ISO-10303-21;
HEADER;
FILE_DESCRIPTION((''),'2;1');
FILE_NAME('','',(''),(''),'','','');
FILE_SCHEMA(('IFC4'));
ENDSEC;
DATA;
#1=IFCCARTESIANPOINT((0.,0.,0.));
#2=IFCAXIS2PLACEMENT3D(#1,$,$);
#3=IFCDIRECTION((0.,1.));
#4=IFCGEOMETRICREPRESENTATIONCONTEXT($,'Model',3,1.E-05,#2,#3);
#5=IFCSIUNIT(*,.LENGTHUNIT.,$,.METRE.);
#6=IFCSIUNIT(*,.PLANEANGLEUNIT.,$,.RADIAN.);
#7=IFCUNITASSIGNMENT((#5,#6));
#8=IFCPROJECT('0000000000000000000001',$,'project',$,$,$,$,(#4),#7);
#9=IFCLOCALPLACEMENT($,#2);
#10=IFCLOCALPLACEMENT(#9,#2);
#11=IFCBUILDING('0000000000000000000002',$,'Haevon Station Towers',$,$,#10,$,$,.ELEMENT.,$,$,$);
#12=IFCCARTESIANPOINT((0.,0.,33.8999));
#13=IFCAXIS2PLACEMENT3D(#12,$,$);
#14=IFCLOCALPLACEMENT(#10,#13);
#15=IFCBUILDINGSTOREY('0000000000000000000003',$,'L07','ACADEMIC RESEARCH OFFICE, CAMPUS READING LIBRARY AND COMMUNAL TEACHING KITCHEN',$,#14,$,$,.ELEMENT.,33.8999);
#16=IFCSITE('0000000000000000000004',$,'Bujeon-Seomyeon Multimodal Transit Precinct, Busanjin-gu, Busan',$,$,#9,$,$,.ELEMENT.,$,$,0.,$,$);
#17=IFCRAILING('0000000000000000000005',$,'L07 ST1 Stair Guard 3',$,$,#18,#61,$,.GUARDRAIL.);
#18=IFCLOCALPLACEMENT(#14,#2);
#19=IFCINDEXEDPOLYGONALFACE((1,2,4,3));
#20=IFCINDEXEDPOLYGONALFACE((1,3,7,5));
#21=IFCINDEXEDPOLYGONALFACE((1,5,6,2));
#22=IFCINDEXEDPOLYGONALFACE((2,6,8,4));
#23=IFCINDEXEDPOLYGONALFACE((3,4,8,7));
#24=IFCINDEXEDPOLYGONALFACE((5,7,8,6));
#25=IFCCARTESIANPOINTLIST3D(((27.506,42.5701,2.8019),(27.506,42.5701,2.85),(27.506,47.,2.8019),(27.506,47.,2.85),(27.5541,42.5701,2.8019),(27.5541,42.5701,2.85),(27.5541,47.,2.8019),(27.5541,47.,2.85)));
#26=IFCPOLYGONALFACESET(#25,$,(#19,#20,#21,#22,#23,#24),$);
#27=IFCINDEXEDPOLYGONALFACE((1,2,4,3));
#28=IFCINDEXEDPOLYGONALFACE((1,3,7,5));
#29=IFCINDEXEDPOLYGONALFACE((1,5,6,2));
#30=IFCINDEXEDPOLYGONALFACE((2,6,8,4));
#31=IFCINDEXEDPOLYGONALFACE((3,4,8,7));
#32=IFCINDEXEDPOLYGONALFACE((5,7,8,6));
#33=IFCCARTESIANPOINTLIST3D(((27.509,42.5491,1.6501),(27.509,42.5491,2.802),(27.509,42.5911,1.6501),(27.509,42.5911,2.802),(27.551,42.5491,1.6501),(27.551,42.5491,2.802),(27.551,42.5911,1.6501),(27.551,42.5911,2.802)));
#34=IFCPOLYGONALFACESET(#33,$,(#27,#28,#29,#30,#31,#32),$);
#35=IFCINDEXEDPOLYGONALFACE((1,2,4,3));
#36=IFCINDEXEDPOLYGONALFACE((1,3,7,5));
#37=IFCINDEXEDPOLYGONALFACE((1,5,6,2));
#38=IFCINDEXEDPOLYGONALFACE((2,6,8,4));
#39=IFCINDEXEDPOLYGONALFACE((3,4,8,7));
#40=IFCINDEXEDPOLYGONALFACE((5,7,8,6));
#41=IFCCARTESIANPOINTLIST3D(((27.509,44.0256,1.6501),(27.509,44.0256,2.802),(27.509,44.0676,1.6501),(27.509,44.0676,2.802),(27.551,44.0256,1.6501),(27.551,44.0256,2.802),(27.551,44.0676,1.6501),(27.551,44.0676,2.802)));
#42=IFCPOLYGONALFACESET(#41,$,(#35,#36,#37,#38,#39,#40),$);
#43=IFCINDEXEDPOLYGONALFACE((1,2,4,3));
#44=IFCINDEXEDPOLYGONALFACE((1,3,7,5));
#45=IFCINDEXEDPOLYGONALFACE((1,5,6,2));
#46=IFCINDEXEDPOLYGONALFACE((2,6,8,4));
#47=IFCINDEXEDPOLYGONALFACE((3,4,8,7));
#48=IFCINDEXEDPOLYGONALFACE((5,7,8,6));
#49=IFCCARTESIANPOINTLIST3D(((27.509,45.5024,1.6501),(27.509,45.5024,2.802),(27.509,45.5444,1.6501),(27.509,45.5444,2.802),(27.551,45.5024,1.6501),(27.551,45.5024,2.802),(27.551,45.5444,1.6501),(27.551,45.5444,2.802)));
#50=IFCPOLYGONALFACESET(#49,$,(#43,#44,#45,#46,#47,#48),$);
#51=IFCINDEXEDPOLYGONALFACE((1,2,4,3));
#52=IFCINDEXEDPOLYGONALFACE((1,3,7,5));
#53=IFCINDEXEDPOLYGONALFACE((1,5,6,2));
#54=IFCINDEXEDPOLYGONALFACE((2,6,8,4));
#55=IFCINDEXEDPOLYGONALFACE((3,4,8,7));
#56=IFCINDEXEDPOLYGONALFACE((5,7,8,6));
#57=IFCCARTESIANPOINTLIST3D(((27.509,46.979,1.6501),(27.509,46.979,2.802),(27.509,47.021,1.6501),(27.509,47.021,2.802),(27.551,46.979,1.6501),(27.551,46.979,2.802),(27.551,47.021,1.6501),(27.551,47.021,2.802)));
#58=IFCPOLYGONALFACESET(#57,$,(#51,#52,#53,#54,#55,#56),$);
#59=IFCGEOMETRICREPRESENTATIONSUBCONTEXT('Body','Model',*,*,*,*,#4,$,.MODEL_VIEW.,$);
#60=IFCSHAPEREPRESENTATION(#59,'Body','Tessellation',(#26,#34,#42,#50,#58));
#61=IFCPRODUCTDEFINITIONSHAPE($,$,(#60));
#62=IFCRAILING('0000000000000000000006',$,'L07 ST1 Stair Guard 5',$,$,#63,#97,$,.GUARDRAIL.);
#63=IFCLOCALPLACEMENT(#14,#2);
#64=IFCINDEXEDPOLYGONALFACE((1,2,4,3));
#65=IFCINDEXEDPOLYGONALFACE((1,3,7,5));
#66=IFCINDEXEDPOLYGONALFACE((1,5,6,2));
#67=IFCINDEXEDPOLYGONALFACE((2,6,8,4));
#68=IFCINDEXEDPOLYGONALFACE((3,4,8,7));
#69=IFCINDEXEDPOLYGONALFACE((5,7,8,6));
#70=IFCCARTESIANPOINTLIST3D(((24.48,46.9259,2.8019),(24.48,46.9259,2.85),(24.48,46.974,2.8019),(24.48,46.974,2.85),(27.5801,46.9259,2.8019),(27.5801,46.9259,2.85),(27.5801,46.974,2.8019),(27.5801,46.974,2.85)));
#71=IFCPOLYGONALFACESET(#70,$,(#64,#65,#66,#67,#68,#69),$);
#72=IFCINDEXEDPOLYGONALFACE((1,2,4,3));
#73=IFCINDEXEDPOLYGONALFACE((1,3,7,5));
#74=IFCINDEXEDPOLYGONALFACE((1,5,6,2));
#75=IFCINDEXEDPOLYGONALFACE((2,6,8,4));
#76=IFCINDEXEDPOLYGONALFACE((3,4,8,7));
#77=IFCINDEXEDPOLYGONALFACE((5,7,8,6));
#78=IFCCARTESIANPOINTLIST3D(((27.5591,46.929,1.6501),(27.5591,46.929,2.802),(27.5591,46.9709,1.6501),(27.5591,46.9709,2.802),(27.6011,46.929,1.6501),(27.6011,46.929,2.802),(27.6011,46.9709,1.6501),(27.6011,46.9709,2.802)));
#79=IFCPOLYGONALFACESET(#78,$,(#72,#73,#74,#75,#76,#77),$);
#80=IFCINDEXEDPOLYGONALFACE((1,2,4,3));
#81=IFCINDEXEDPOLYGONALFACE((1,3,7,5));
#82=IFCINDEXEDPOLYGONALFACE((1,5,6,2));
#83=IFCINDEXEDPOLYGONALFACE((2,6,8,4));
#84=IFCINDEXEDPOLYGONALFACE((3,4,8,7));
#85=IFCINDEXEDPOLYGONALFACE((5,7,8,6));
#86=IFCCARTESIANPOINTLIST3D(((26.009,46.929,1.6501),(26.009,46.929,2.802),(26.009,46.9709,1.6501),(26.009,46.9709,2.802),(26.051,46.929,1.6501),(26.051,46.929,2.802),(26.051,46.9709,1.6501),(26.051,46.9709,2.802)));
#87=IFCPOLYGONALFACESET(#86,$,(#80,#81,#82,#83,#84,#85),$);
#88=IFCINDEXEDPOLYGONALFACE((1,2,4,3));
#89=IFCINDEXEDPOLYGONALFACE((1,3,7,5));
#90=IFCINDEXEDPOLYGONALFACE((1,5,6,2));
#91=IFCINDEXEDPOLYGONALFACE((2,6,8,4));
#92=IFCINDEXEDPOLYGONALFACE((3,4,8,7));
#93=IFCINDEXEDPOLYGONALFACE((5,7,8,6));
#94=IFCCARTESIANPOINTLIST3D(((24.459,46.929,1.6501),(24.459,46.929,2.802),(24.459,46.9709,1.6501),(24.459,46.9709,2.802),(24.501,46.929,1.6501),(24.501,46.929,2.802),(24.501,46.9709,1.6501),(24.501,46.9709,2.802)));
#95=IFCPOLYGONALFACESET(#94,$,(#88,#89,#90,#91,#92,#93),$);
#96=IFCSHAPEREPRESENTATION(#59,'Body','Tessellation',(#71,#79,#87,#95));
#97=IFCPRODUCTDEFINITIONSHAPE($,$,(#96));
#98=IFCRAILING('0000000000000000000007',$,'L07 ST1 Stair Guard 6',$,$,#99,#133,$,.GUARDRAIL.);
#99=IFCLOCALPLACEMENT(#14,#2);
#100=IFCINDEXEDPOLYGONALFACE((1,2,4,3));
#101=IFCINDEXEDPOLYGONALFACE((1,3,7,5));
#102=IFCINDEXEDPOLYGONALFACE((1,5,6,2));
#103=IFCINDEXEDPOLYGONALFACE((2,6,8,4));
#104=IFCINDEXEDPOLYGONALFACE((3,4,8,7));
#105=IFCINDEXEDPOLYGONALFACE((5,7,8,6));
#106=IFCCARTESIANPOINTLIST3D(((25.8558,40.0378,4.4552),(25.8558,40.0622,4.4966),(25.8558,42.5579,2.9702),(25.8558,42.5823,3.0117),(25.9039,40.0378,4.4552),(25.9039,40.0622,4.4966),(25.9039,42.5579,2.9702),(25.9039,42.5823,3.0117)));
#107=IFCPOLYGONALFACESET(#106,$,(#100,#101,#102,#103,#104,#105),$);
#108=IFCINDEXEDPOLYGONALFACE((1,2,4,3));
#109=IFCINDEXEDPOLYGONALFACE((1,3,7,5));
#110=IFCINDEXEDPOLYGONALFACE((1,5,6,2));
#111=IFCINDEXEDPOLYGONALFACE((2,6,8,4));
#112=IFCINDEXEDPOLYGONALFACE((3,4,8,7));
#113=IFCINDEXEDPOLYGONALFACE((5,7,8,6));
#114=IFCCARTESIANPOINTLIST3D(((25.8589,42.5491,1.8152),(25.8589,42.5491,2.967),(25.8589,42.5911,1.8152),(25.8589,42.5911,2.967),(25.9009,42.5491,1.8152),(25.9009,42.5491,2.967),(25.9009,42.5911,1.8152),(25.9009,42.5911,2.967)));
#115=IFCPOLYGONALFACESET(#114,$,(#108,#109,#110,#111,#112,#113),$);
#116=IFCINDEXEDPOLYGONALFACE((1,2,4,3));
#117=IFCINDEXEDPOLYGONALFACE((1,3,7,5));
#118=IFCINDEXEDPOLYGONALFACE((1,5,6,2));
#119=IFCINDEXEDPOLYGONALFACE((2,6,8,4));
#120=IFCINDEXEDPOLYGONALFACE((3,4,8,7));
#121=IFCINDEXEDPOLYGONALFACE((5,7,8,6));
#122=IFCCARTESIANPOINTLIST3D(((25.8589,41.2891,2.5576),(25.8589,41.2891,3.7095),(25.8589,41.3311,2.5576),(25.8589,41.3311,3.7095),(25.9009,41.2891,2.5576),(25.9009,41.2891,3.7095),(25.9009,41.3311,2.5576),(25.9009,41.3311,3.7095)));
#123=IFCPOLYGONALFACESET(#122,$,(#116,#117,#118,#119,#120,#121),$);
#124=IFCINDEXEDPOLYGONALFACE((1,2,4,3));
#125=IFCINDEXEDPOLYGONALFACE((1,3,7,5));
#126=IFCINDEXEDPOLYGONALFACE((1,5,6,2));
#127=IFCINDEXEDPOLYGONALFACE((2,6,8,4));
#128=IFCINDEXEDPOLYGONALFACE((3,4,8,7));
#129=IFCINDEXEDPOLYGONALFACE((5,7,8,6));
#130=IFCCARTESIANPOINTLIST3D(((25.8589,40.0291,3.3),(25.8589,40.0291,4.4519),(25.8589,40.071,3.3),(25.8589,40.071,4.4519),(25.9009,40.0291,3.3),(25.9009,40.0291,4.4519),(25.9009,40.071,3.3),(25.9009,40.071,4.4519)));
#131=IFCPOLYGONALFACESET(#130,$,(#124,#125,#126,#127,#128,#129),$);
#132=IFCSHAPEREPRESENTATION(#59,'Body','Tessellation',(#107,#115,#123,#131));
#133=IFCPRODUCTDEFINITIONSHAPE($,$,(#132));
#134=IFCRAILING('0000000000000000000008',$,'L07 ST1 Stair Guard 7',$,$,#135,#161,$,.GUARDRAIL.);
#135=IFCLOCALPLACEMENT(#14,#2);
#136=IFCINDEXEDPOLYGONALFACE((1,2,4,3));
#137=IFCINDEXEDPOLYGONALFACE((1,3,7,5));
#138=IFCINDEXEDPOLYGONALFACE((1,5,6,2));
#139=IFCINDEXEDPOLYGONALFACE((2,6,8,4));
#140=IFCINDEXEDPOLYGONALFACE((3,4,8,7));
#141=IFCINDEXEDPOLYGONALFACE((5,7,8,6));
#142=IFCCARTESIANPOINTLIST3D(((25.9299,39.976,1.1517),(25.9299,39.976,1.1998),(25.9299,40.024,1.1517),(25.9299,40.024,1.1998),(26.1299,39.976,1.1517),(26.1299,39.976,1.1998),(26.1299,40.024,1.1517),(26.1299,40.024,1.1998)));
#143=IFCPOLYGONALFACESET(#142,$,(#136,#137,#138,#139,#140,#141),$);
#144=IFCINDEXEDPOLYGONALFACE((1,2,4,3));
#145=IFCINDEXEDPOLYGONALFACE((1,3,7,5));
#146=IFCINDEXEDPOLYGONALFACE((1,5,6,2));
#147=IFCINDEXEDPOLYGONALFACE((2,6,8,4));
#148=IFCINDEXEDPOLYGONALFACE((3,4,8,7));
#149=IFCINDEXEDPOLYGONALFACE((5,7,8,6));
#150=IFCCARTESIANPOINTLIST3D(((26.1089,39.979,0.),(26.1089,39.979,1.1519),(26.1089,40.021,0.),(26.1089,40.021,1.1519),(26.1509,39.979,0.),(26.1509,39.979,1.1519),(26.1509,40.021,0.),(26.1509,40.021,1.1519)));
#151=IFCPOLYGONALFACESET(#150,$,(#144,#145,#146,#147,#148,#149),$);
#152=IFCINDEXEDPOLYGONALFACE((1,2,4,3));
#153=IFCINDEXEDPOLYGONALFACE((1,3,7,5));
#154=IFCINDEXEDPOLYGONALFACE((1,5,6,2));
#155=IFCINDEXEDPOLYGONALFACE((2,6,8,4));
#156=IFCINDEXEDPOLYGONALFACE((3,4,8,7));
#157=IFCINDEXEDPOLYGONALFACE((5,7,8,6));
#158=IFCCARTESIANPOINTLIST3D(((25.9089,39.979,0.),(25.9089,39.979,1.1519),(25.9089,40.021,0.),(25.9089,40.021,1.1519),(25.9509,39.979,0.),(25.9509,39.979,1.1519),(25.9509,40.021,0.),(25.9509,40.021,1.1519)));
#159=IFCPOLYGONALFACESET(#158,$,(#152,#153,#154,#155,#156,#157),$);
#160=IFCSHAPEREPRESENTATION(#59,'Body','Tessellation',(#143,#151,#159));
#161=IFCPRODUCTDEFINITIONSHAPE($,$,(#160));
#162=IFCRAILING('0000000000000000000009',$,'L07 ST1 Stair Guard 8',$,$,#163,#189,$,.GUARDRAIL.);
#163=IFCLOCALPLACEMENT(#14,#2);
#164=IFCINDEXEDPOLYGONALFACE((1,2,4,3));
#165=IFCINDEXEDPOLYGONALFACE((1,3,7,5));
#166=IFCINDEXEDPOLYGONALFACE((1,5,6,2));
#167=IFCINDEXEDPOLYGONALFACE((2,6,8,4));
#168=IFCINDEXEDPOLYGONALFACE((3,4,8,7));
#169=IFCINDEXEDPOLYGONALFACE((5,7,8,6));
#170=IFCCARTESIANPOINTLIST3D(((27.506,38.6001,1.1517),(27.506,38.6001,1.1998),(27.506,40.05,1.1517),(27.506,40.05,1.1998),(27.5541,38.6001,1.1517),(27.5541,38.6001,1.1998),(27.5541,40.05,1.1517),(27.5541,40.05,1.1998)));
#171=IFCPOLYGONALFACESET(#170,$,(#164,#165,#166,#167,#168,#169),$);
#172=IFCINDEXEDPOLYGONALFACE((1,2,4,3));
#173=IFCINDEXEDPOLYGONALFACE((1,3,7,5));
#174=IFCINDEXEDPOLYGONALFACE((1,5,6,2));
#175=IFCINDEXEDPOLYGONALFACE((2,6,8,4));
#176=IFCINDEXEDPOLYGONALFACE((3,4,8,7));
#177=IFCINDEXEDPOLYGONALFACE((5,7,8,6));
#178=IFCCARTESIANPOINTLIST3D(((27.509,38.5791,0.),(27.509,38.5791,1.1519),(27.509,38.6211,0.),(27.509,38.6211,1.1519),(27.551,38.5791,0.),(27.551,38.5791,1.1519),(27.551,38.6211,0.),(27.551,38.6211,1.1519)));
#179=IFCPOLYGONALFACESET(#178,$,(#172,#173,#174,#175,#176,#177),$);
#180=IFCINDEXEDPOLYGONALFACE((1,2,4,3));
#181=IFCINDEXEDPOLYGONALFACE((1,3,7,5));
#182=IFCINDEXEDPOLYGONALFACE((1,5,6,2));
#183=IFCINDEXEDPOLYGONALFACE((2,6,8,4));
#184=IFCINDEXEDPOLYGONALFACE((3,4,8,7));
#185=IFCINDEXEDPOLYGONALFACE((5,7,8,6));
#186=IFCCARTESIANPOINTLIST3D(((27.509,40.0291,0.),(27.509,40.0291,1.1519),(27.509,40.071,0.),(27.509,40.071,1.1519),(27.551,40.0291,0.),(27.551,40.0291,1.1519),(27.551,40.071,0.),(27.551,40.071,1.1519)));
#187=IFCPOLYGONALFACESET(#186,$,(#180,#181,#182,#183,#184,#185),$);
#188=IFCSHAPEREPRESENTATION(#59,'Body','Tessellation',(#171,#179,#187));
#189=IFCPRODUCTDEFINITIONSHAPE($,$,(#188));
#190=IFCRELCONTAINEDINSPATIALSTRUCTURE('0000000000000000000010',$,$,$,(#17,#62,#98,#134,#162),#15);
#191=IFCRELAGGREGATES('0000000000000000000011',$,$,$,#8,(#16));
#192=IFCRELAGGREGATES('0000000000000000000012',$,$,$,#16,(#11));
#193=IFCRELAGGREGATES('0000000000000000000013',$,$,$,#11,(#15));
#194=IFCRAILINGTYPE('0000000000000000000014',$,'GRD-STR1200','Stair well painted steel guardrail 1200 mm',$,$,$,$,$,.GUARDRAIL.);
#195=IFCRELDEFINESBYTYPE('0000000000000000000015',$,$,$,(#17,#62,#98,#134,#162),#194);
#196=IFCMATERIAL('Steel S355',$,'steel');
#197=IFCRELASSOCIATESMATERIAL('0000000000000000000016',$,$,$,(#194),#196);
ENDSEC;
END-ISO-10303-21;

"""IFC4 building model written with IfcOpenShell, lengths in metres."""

from ifc_helpers import new_model, si_unit, direction, frame, origin, origin_2d, place, context, subcontext, project, spatial, rectangle, extrude, material, type_object, element, save


model = new_model("IFC4")

# Units and contexts
model_context = context("Model", 3, precision=1e-05, world=origin(), true_north=direction((0.0, 1.0)))
body_context = subcontext(model_context, "Body", "Model", "MODEL_VIEW")
ifc_project = project(units=[si_unit("LENGTHUNIT", "METRE"), si_unit("PLANEANGLEUNIT", "RADIAN")], contexts=[model_context])

# Site, building, storey
site_placement = place(None, origin())
site = spatial("IfcSite", under=ifc_project, at=site_placement, Name="Bujeon-Seomyeon Multimodal Transit Precinct, Busanjin-gu, Busan", CompositionType="ELEMENT", RefElevation=0.0)
building_placement = place(site_placement, origin())
building = spatial("IfcBuilding", under=site, at=building_placement, Name="Haevon Station Towers", CompositionType="ELEMENT")
storey_placement = place(building_placement, frame((0.0, 0.0, 33.8999)))
storey = spatial("IfcBuildingStorey", under=building, at=storey_placement, Name="L07", Description="ACADEMIC RESEARCH OFFICE, CAMPUS READING LIBRARY AND COMMUNAL TEACHING KITCHEN", CompositionType="ELEMENT", Elevation=33.8999)

# Shared definitions
ifc_material_1 = material(Name="Steel S355", Category="steel")

# Railings
railing_type_1 = type_object("IfcRailingType", Name="GRD-STR1200", Description="Stair well painted steel guardrail 1200 mm", PredefinedType="GUARDRAIL", material=ifc_material_1)
railing_1_placement = place(storey_placement, frame((27.53, 42.5701, 1.6501)))
element("IfcRailing", 1, at=railing_1_placement, inside=storey, type_object=railing_type_1, Name="L07 ST1 Stair Guard 3", PredefinedType="GUARDRAIL", context=body_context, shape_type="SweptSolid", body=[
    extrude(rectangle(XDim=0.0481, YDim=0.0481, at=origin_2d()), frame((0.0, 0.0, 1.1758), z_axis=(0.0, 1.0, 0.0), x_axis=(-1.0, 0.0, 0.0)), (0.0, 0.0, 1.0), 4.4299),
    extrude(rectangle(XDim=0.042, YDim=0.042, at=origin_2d()), origin(), (0.0, 0.0, 1.0), 1.1519),
    extrude(rectangle(XDim=0.042, YDim=0.042, at=origin_2d()), frame((0.0, 1.4766, 0.0)), (0.0, 0.0, 1.0), 1.1519),
    extrude(rectangle(XDim=0.042, YDim=0.042, at=origin_2d()), frame((0.0, 2.9534, 0.0)), (0.0, 0.0, 1.0), 1.1519),
    extrude(rectangle(XDim=0.042, YDim=0.042, at=origin_2d()), frame((0.0, 4.4299, 0.0)), (0.0, 0.0, 1.0), 1.1519),
])
railing_2_placement = place(storey_placement, frame((27.5801, 46.95, 1.6501)))
element("IfcRailing", 2, at=railing_2_placement, inside=storey, type_object=railing_type_1, Name="L07 ST1 Stair Guard 5", PredefinedType="GUARDRAIL", context=body_context, shape_type="SweptSolid", body=[
    extrude(rectangle(XDim=0.0481, YDim=0.0481, at=origin_2d()), frame((0.0, 0.0, 1.1758), z_axis=(-1.0, 0.0, 0.0), x_axis=(0.0, -1.0, 0.0)), (0.0, 0.0, 1.0), 3.1001),
    extrude(rectangle(XDim=0.042, YDim=0.042, at=origin_2d()), origin(), (0.0, 0.0, 1.0), 1.1519),
    extrude(rectangle(XDim=0.042, YDim=0.042, at=origin_2d()), frame((-1.55, 0.0, 0.0)), (0.0, 0.0, 1.0), 1.1519),
    extrude(rectangle(XDim=0.042, YDim=0.042, at=origin_2d()), frame((-3.1001, 0.0, 0.0)), (0.0, 0.0, 1.0), 1.1519),
])
railing_3_placement = place(storey_placement, frame((25.8799, 42.5701, 1.8152)))
element("IfcRailing", 3, at=railing_3_placement, inside=storey, type_object=railing_type_1, Name="L07 ST1 Stair Guard 6", PredefinedType="GUARDRAIL", context=body_context, shape_type="SweptSolid", body=[
    extrude(rectangle(XDim=0.0481, YDim=0.0481, at=origin_2d()), frame((0.0, 0.0, 1.1758), z_axis=(0.0, -0.861561, 0.507655), x_axis=(1.0, 0.0, 0.0)), (0.0, 0.0, 1.0), 2.925),
    extrude(rectangle(XDim=0.042, YDim=0.042, at=origin_2d()), origin(), (0.0, 0.0, 1.0), 1.1519),
    extrude(rectangle(XDim=0.042, YDim=0.042, at=origin_2d()), frame((0.0, -1.26, 0.7424)), (0.0, 0.0, 1.0), 1.1519),
    extrude(rectangle(XDim=0.042, YDim=0.042, at=origin_2d()), frame((0.0, -2.52, 1.4849)), (0.0, 0.0, 1.0), 1.1519),
])
railing_4_placement = place(storey_placement, frame((26.1299, 40.0, 0.0)))
element("IfcRailing", 4, at=railing_4_placement, inside=storey, type_object=railing_type_1, Name="L07 ST1 Stair Guard 7", PredefinedType="GUARDRAIL", context=body_context, shape_type="SweptSolid", body=[
    extrude(rectangle(XDim=0.0481, YDim=0.0481, at=origin_2d()), frame((0.0, 0.0, 1.1758), z_axis=(-1.0, 0.0, 0.0), x_axis=(0.0, -1.0, 0.0)), (0.0, 0.0, 1.0), 0.2),
    extrude(rectangle(XDim=0.042, YDim=0.042, at=origin_2d()), origin(), (0.0, 0.0, 1.0), 1.1519),
    extrude(rectangle(XDim=0.042, YDim=0.042, at=origin_2d()), frame((-0.2, 0.0, 0.0)), (0.0, 0.0, 1.0), 1.1519),
])
railing_5_placement = place(storey_placement, frame((27.53, 38.6001, 0.0)))
element("IfcRailing", 5, at=railing_5_placement, inside=storey, type_object=railing_type_1, Name="L07 ST1 Stair Guard 8", PredefinedType="GUARDRAIL", context=body_context, shape_type="SweptSolid", body=[
    extrude(rectangle(XDim=0.0481, YDim=0.0481, at=origin_2d()), frame((0.0, 0.0, 1.1758), z_axis=(0.0, 1.0, 0.0), x_axis=(-1.0, 0.0, 0.0)), (0.0, 0.0, 1.0), 1.45),
    extrude(rectangle(XDim=0.042, YDim=0.042, at=origin_2d()), origin(), (0.0, 0.0, 1.0), 1.1519),
    extrude(rectangle(XDim=0.042, YDim=0.042, at=origin_2d()), frame((0.0, 1.45, 0.0)), (0.0, 0.0, 1.0), 1.1519),
])

save(model, "model.ifc")
